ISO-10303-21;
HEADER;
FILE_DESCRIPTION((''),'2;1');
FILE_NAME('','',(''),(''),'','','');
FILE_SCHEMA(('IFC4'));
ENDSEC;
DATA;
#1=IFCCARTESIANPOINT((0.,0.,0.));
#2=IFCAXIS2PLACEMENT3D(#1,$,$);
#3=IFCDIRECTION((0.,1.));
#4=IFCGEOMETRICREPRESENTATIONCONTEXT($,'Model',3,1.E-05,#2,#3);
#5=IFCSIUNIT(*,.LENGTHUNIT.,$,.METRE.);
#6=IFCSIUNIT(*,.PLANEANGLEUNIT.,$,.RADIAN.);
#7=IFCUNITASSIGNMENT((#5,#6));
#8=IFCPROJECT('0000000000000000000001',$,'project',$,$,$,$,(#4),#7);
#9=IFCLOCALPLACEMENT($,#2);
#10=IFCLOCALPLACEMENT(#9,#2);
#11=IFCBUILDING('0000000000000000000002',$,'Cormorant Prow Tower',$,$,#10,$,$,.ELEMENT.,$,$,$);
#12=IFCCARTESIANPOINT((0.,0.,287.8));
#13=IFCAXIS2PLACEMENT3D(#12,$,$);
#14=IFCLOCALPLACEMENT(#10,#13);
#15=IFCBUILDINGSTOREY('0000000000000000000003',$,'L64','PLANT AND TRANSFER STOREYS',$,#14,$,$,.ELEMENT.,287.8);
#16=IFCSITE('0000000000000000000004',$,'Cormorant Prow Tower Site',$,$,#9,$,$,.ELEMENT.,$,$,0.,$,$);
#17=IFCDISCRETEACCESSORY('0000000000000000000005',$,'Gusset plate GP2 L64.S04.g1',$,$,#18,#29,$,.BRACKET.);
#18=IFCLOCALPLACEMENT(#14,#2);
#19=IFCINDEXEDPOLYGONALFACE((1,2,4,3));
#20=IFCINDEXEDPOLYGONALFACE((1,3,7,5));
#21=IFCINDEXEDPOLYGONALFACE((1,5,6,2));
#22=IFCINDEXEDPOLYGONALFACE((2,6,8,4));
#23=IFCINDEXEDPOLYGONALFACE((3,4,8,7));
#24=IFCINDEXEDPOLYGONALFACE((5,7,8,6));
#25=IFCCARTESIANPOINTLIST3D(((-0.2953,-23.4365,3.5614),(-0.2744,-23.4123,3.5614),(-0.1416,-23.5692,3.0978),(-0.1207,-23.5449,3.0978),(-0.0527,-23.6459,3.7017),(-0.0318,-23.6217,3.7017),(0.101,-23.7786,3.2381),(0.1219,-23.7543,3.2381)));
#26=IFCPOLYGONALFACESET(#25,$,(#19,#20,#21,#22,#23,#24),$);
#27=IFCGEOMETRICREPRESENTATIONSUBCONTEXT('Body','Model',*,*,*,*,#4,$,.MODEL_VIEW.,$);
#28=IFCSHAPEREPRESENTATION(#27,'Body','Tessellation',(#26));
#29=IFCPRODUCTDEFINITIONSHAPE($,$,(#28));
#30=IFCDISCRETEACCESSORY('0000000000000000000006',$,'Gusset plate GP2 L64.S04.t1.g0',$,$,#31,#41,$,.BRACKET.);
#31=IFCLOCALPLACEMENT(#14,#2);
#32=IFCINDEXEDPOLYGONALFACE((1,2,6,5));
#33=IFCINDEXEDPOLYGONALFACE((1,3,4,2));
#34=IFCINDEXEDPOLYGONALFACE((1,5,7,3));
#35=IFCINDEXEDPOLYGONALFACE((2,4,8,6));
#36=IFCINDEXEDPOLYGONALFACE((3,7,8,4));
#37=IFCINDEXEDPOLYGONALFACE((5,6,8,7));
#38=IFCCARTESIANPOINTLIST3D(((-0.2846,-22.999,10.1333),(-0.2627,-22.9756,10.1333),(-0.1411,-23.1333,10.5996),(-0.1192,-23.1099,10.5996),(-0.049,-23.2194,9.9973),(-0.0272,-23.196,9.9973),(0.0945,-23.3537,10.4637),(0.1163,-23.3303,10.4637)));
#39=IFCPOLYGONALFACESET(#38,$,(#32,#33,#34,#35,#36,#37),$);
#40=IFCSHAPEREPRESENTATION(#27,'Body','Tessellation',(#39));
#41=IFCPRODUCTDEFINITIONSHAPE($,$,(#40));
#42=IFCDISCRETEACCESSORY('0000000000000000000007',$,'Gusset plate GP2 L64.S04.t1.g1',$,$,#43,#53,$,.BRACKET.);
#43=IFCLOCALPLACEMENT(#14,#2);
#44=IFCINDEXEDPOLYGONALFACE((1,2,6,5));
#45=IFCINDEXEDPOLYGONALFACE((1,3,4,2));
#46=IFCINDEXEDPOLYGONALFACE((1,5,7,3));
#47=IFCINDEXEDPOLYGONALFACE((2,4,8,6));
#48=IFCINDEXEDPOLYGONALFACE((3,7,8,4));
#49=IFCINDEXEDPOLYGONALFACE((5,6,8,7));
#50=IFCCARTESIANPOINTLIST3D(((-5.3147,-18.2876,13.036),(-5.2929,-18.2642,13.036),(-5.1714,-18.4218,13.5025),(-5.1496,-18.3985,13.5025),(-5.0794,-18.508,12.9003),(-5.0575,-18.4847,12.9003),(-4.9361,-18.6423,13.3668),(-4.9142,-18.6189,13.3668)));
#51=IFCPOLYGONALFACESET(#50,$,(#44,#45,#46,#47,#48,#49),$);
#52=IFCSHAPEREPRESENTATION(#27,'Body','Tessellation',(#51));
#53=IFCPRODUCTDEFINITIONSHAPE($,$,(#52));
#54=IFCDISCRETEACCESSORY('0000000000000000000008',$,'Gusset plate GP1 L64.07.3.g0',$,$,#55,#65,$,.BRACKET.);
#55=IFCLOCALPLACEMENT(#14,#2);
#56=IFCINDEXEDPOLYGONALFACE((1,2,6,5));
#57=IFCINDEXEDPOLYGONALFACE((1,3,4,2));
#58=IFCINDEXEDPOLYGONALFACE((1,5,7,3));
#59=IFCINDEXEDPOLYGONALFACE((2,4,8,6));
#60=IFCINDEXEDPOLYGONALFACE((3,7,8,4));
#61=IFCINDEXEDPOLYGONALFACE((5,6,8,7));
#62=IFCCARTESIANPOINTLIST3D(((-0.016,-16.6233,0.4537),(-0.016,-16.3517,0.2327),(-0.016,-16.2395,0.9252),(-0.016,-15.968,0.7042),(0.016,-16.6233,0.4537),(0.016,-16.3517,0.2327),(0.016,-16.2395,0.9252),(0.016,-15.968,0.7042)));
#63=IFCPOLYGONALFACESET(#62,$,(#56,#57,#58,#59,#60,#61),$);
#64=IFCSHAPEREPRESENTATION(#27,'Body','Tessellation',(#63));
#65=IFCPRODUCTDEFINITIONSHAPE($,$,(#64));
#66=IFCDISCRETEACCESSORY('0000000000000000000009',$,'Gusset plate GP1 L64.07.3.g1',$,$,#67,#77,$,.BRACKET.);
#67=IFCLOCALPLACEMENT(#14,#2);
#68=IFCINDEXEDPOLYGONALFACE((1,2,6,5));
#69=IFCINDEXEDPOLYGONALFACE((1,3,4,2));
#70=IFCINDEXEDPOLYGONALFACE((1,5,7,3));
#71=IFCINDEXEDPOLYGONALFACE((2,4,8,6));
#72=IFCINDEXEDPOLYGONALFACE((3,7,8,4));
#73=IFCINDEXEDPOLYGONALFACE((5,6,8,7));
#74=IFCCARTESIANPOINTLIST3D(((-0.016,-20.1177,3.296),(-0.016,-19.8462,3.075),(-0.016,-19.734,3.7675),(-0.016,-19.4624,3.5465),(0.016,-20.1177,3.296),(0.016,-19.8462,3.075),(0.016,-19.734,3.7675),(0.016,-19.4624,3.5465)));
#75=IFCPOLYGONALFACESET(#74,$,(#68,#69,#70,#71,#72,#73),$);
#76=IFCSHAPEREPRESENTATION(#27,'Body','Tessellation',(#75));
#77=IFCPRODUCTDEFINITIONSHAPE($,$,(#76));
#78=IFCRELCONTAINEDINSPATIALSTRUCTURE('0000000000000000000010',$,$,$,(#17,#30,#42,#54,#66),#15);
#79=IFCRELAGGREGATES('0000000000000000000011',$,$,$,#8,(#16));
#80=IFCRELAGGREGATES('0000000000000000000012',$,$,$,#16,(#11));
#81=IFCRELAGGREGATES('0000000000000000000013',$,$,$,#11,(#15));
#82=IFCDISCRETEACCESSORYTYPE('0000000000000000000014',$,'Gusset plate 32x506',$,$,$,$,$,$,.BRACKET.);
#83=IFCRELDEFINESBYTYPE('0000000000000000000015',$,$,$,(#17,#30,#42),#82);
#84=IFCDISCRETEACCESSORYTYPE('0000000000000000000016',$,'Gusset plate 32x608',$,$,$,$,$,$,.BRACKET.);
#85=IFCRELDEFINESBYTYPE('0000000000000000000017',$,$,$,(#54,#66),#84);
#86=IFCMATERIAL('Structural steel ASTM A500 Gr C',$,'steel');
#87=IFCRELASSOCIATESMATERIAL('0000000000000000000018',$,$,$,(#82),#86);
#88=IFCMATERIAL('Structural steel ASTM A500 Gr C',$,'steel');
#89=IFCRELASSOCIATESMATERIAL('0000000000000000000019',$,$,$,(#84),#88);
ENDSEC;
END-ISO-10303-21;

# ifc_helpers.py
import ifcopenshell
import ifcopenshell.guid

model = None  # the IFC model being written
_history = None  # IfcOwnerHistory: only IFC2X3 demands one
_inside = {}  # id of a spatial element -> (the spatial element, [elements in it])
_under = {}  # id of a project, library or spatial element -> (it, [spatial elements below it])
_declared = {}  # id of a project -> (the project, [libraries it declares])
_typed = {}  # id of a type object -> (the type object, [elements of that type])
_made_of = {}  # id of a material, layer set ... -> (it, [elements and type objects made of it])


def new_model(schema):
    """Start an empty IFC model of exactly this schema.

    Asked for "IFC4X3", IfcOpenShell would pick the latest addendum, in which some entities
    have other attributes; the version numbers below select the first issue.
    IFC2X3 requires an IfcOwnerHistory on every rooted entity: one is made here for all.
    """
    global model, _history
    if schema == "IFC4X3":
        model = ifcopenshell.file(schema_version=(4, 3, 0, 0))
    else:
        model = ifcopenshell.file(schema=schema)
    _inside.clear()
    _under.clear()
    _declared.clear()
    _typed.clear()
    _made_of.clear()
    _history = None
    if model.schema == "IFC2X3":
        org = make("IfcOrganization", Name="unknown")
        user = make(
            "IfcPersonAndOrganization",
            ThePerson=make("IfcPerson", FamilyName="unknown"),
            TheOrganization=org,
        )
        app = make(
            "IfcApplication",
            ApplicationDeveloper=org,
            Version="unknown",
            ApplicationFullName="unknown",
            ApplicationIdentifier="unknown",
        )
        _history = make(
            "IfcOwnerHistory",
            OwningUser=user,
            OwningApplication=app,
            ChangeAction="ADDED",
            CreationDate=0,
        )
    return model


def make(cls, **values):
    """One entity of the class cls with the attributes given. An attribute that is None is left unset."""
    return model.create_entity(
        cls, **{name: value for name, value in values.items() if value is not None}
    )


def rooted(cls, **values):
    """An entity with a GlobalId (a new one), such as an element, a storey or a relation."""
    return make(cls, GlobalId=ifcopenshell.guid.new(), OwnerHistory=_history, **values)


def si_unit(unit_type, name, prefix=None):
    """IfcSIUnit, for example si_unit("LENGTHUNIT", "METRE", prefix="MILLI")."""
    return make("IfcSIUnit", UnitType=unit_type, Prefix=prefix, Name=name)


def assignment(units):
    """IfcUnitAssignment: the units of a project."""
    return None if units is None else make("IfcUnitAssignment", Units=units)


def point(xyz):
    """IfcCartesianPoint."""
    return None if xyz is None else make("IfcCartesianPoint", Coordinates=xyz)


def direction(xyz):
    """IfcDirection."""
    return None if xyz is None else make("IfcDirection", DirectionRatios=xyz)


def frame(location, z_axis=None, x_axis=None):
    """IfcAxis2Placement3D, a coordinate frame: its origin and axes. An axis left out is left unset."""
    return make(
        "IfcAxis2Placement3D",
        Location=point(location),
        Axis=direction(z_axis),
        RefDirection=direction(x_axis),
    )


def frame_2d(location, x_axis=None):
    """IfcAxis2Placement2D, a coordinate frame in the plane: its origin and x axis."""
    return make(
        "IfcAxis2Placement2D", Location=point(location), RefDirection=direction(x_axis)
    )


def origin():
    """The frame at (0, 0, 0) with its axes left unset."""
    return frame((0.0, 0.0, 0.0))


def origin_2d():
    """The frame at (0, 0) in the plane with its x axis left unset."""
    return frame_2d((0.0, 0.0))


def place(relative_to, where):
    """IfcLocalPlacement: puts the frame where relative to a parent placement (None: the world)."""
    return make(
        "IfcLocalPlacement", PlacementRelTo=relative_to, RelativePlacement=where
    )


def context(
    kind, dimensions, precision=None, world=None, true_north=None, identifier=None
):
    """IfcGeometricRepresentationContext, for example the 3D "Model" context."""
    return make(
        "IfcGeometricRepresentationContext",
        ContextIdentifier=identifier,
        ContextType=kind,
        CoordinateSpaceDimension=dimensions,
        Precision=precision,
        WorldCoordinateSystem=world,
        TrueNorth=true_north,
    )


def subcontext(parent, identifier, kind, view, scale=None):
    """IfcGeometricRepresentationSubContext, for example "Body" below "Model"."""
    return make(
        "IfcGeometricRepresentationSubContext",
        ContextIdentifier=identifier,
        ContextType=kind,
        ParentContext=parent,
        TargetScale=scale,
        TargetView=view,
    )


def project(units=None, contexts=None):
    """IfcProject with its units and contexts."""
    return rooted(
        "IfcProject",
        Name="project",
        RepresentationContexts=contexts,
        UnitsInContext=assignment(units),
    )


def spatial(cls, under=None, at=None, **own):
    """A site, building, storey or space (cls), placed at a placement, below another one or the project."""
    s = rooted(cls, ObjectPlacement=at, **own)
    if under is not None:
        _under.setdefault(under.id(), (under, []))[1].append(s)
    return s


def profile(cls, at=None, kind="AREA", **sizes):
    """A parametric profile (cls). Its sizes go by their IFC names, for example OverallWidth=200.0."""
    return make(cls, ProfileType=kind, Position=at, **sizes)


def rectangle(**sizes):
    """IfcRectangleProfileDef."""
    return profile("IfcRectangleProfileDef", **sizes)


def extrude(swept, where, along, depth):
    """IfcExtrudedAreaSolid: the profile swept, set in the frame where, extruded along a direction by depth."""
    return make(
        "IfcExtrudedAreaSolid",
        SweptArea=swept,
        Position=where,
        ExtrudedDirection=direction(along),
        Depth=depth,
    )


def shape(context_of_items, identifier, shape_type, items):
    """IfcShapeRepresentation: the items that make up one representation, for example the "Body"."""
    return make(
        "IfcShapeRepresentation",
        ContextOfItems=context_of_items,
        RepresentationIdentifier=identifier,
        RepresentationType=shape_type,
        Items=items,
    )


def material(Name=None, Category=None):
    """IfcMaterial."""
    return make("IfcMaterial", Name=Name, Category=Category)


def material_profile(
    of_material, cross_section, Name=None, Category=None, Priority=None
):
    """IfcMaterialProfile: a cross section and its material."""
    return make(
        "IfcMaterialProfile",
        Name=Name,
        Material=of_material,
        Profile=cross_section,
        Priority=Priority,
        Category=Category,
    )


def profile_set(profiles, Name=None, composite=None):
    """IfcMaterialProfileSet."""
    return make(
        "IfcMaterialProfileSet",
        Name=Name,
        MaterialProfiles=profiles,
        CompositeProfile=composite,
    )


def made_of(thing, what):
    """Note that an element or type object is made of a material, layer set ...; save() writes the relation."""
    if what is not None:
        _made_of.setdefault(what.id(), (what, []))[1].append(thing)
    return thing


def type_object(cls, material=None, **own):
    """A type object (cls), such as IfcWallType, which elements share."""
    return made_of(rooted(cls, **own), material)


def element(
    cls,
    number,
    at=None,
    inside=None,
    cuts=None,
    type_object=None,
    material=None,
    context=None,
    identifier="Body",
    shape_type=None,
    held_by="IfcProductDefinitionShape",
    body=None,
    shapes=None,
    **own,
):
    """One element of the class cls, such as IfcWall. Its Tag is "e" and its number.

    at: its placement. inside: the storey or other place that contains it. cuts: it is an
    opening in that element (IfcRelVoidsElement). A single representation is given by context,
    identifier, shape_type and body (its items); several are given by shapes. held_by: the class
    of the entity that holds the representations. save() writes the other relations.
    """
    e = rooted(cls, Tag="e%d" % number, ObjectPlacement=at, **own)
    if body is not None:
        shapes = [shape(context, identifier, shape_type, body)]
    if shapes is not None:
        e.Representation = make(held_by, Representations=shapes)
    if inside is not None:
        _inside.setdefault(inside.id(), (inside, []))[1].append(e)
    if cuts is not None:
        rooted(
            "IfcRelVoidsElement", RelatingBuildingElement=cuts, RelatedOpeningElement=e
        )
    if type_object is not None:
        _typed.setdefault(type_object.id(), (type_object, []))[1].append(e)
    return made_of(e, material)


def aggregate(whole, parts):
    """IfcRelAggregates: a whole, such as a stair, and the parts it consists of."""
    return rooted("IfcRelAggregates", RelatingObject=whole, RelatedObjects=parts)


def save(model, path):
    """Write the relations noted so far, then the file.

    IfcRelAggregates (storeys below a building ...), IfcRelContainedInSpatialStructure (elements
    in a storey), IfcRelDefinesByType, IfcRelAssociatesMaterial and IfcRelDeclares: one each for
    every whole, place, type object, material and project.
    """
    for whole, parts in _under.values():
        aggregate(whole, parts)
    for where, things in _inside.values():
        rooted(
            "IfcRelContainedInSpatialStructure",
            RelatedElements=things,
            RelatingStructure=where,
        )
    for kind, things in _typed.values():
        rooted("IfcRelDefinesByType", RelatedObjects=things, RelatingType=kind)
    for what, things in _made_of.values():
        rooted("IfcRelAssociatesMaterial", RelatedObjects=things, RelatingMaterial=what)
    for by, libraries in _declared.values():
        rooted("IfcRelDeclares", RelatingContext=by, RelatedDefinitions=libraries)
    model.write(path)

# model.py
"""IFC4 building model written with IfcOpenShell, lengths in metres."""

from ifc_helpers import new_model, si_unit, direction, frame, origin, origin_2d, place, context, subcontext, project, spatial, rectangle, extrude, material, material_profile, profile_set, type_object, element, save


model = new_model("IFC4")

# Units and contexts
model_context = context("Model", 3, precision=1e-05, world=origin(), true_north=direction((0.0, 1.0)))
body_context = subcontext(model_context, "Body", "Model", "MODEL_VIEW")
ifc_project = project(units=[si_unit("LENGTHUNIT", "METRE"), si_unit("PLANEANGLEUNIT", "RADIAN")], contexts=[model_context])

# Site, building, storey
site_placement = place(None, origin())
site = spatial("IfcSite", under=ifc_project, at=site_placement, Name="Cormorant Prow Tower Site", CompositionType="ELEMENT", RefElevation=0.0)
building_placement = place(site_placement, origin())
building = spatial("IfcBuilding", under=site, at=building_placement, Name="Cormorant Prow Tower", CompositionType="ELEMENT")
storey_placement = place(building_placement, frame((0.0, 0.0, 287.8)))
storey = spatial("IfcBuildingStorey", under=building, at=storey_placement, Name="L64", Description="PLANT AND TRANSFER STOREYS", CompositionType="ELEMENT", Elevation=287.8)

# Discrete accessories
ifc_material_1 = material(Name="Structural steel ASTM A500 Gr C", Category="steel")
ifc_material_profile_1 = material_profile(ifc_material_1, rectangle(XDim=0.032, YDim=0.5061, at=origin_2d()), Name="Gusset plate 32x506")
ifc_profile_set_1 = profile_set([ifc_material_profile_1], Name="Structural steel ASTM A500 Gr C")
discrete_accessory_type_1 = type_object("IfcDiscreteAccessoryType", Name="Gusset plate 32x506", PredefinedType="BRACKET", material=ifc_profile_set_1)
for number, where, z_axis, x_axis, name in (
    (1, (-0.208, -23.4907, 3.3296), (0.693424, -0.598549, 0.401126), (0.653422, 0.756994, 0.0), "Gusset plate GP2 L64.S04.g1"),
):
    element("IfcDiscreteAccessory", number, at=place(storey_placement, frame(where, z_axis=z_axis, x_axis=x_axis)), inside=storey, type_object=discrete_accessory_type_1, Name=name, PredefinedType="BRACKET", context=body_context, shape_type="SweptSolid", body=[
        extrude(rectangle(XDim=0.032, YDim=0.5061, at=origin_2d()), origin(), (0.0, 0.0, 1.0), 0.3499),
    ])
discrete_accessory_1_placement = place(storey_placement, frame((-0.2019, -23.0544, 10.3665), z_axis=(0.672857, -0.629626, -0.388374), x_axis=(0.683261, 0.730174, 0.0)))
element("IfcDiscreteAccessory", 2, at=discrete_accessory_1_placement, inside=storey, type_object=discrete_accessory_type_1, Name="Gusset plate GP2 L64.S04.t1.g0", PredefinedType="BRACKET", context=body_context, shape_type="SweptSolid", body=[
    extrude(rectangle(XDim=0.032, YDim=0.5061, at=origin_2d()), origin(), (0.0, 0.0, 1.0), 0.3501),
])
discrete_accessory_2_placement = place(storey_placement, frame((-4.9968, -18.5635, 13.1335), z_axis=(-0.672657, 0.630093, 0.387964), x_axis=(-0.683639, -0.72982, 0.0)))
element("IfcDiscreteAccessory", 3, at=discrete_accessory_2_placement, inside=storey, type_object=discrete_accessory_type_1, Name="Gusset plate GP2 L64.S04.t1.g1", PredefinedType="BRACKET", context=body_context, shape_type="SweptSolid", body=[
    extrude(rectangle(XDim=0.032, YDim=0.5061, at=origin_2d()), origin(), (0.0, 0.0, 1.0), 0.3499),
])
ifc_material_2 = material(Name="Structural steel ASTM A500 Gr C", Category="steel")
ifc_material_profile_2 = material_profile(ifc_material_2, rectangle(XDim=0.032, YDim=0.6079, at=origin_2d()), Name="Gusset plate 32x608")
ifc_profile_set_2 = profile_set([ifc_material_profile_2], Name="Structural steel ASTM A500 Gr C")
discrete_accessory_type_2 = type_object("IfcDiscreteAccessoryType", Name="Gusset plate 32x608", PredefinedType="BRACKET", material=ifc_profile_set_2)
for number, where, z_axis, x_axis, name in (
    (4, (0.0, -16.4314, 0.6895), (0.0, 0.775602, -0.631223), (-1.0, 0.0, 0.0), "Gusset plate GP1 L64.07.3.g0"),
    (5, (0.0, -19.6543, 3.3108), (0.0, -0.775602, 0.631223), (1.0, 0.0, 0.0), "Gusset plate GP1 L64.07.3.g1"),
):
    element("IfcDiscreteAccessory", number, at=place(storey_placement, frame(where, z_axis=z_axis, x_axis=x_axis)), inside=storey, type_object=discrete_accessory_type_2, Name=name, PredefinedType="BRACKET", context=body_context, shape_type="SweptSolid", body=[
        extrude(rectangle(XDim=0.032, YDim=0.6079, at=origin_2d()), origin(), (0.0, 0.0, 1.0), 0.3501),
    ])

save(model, "model.ifc")
